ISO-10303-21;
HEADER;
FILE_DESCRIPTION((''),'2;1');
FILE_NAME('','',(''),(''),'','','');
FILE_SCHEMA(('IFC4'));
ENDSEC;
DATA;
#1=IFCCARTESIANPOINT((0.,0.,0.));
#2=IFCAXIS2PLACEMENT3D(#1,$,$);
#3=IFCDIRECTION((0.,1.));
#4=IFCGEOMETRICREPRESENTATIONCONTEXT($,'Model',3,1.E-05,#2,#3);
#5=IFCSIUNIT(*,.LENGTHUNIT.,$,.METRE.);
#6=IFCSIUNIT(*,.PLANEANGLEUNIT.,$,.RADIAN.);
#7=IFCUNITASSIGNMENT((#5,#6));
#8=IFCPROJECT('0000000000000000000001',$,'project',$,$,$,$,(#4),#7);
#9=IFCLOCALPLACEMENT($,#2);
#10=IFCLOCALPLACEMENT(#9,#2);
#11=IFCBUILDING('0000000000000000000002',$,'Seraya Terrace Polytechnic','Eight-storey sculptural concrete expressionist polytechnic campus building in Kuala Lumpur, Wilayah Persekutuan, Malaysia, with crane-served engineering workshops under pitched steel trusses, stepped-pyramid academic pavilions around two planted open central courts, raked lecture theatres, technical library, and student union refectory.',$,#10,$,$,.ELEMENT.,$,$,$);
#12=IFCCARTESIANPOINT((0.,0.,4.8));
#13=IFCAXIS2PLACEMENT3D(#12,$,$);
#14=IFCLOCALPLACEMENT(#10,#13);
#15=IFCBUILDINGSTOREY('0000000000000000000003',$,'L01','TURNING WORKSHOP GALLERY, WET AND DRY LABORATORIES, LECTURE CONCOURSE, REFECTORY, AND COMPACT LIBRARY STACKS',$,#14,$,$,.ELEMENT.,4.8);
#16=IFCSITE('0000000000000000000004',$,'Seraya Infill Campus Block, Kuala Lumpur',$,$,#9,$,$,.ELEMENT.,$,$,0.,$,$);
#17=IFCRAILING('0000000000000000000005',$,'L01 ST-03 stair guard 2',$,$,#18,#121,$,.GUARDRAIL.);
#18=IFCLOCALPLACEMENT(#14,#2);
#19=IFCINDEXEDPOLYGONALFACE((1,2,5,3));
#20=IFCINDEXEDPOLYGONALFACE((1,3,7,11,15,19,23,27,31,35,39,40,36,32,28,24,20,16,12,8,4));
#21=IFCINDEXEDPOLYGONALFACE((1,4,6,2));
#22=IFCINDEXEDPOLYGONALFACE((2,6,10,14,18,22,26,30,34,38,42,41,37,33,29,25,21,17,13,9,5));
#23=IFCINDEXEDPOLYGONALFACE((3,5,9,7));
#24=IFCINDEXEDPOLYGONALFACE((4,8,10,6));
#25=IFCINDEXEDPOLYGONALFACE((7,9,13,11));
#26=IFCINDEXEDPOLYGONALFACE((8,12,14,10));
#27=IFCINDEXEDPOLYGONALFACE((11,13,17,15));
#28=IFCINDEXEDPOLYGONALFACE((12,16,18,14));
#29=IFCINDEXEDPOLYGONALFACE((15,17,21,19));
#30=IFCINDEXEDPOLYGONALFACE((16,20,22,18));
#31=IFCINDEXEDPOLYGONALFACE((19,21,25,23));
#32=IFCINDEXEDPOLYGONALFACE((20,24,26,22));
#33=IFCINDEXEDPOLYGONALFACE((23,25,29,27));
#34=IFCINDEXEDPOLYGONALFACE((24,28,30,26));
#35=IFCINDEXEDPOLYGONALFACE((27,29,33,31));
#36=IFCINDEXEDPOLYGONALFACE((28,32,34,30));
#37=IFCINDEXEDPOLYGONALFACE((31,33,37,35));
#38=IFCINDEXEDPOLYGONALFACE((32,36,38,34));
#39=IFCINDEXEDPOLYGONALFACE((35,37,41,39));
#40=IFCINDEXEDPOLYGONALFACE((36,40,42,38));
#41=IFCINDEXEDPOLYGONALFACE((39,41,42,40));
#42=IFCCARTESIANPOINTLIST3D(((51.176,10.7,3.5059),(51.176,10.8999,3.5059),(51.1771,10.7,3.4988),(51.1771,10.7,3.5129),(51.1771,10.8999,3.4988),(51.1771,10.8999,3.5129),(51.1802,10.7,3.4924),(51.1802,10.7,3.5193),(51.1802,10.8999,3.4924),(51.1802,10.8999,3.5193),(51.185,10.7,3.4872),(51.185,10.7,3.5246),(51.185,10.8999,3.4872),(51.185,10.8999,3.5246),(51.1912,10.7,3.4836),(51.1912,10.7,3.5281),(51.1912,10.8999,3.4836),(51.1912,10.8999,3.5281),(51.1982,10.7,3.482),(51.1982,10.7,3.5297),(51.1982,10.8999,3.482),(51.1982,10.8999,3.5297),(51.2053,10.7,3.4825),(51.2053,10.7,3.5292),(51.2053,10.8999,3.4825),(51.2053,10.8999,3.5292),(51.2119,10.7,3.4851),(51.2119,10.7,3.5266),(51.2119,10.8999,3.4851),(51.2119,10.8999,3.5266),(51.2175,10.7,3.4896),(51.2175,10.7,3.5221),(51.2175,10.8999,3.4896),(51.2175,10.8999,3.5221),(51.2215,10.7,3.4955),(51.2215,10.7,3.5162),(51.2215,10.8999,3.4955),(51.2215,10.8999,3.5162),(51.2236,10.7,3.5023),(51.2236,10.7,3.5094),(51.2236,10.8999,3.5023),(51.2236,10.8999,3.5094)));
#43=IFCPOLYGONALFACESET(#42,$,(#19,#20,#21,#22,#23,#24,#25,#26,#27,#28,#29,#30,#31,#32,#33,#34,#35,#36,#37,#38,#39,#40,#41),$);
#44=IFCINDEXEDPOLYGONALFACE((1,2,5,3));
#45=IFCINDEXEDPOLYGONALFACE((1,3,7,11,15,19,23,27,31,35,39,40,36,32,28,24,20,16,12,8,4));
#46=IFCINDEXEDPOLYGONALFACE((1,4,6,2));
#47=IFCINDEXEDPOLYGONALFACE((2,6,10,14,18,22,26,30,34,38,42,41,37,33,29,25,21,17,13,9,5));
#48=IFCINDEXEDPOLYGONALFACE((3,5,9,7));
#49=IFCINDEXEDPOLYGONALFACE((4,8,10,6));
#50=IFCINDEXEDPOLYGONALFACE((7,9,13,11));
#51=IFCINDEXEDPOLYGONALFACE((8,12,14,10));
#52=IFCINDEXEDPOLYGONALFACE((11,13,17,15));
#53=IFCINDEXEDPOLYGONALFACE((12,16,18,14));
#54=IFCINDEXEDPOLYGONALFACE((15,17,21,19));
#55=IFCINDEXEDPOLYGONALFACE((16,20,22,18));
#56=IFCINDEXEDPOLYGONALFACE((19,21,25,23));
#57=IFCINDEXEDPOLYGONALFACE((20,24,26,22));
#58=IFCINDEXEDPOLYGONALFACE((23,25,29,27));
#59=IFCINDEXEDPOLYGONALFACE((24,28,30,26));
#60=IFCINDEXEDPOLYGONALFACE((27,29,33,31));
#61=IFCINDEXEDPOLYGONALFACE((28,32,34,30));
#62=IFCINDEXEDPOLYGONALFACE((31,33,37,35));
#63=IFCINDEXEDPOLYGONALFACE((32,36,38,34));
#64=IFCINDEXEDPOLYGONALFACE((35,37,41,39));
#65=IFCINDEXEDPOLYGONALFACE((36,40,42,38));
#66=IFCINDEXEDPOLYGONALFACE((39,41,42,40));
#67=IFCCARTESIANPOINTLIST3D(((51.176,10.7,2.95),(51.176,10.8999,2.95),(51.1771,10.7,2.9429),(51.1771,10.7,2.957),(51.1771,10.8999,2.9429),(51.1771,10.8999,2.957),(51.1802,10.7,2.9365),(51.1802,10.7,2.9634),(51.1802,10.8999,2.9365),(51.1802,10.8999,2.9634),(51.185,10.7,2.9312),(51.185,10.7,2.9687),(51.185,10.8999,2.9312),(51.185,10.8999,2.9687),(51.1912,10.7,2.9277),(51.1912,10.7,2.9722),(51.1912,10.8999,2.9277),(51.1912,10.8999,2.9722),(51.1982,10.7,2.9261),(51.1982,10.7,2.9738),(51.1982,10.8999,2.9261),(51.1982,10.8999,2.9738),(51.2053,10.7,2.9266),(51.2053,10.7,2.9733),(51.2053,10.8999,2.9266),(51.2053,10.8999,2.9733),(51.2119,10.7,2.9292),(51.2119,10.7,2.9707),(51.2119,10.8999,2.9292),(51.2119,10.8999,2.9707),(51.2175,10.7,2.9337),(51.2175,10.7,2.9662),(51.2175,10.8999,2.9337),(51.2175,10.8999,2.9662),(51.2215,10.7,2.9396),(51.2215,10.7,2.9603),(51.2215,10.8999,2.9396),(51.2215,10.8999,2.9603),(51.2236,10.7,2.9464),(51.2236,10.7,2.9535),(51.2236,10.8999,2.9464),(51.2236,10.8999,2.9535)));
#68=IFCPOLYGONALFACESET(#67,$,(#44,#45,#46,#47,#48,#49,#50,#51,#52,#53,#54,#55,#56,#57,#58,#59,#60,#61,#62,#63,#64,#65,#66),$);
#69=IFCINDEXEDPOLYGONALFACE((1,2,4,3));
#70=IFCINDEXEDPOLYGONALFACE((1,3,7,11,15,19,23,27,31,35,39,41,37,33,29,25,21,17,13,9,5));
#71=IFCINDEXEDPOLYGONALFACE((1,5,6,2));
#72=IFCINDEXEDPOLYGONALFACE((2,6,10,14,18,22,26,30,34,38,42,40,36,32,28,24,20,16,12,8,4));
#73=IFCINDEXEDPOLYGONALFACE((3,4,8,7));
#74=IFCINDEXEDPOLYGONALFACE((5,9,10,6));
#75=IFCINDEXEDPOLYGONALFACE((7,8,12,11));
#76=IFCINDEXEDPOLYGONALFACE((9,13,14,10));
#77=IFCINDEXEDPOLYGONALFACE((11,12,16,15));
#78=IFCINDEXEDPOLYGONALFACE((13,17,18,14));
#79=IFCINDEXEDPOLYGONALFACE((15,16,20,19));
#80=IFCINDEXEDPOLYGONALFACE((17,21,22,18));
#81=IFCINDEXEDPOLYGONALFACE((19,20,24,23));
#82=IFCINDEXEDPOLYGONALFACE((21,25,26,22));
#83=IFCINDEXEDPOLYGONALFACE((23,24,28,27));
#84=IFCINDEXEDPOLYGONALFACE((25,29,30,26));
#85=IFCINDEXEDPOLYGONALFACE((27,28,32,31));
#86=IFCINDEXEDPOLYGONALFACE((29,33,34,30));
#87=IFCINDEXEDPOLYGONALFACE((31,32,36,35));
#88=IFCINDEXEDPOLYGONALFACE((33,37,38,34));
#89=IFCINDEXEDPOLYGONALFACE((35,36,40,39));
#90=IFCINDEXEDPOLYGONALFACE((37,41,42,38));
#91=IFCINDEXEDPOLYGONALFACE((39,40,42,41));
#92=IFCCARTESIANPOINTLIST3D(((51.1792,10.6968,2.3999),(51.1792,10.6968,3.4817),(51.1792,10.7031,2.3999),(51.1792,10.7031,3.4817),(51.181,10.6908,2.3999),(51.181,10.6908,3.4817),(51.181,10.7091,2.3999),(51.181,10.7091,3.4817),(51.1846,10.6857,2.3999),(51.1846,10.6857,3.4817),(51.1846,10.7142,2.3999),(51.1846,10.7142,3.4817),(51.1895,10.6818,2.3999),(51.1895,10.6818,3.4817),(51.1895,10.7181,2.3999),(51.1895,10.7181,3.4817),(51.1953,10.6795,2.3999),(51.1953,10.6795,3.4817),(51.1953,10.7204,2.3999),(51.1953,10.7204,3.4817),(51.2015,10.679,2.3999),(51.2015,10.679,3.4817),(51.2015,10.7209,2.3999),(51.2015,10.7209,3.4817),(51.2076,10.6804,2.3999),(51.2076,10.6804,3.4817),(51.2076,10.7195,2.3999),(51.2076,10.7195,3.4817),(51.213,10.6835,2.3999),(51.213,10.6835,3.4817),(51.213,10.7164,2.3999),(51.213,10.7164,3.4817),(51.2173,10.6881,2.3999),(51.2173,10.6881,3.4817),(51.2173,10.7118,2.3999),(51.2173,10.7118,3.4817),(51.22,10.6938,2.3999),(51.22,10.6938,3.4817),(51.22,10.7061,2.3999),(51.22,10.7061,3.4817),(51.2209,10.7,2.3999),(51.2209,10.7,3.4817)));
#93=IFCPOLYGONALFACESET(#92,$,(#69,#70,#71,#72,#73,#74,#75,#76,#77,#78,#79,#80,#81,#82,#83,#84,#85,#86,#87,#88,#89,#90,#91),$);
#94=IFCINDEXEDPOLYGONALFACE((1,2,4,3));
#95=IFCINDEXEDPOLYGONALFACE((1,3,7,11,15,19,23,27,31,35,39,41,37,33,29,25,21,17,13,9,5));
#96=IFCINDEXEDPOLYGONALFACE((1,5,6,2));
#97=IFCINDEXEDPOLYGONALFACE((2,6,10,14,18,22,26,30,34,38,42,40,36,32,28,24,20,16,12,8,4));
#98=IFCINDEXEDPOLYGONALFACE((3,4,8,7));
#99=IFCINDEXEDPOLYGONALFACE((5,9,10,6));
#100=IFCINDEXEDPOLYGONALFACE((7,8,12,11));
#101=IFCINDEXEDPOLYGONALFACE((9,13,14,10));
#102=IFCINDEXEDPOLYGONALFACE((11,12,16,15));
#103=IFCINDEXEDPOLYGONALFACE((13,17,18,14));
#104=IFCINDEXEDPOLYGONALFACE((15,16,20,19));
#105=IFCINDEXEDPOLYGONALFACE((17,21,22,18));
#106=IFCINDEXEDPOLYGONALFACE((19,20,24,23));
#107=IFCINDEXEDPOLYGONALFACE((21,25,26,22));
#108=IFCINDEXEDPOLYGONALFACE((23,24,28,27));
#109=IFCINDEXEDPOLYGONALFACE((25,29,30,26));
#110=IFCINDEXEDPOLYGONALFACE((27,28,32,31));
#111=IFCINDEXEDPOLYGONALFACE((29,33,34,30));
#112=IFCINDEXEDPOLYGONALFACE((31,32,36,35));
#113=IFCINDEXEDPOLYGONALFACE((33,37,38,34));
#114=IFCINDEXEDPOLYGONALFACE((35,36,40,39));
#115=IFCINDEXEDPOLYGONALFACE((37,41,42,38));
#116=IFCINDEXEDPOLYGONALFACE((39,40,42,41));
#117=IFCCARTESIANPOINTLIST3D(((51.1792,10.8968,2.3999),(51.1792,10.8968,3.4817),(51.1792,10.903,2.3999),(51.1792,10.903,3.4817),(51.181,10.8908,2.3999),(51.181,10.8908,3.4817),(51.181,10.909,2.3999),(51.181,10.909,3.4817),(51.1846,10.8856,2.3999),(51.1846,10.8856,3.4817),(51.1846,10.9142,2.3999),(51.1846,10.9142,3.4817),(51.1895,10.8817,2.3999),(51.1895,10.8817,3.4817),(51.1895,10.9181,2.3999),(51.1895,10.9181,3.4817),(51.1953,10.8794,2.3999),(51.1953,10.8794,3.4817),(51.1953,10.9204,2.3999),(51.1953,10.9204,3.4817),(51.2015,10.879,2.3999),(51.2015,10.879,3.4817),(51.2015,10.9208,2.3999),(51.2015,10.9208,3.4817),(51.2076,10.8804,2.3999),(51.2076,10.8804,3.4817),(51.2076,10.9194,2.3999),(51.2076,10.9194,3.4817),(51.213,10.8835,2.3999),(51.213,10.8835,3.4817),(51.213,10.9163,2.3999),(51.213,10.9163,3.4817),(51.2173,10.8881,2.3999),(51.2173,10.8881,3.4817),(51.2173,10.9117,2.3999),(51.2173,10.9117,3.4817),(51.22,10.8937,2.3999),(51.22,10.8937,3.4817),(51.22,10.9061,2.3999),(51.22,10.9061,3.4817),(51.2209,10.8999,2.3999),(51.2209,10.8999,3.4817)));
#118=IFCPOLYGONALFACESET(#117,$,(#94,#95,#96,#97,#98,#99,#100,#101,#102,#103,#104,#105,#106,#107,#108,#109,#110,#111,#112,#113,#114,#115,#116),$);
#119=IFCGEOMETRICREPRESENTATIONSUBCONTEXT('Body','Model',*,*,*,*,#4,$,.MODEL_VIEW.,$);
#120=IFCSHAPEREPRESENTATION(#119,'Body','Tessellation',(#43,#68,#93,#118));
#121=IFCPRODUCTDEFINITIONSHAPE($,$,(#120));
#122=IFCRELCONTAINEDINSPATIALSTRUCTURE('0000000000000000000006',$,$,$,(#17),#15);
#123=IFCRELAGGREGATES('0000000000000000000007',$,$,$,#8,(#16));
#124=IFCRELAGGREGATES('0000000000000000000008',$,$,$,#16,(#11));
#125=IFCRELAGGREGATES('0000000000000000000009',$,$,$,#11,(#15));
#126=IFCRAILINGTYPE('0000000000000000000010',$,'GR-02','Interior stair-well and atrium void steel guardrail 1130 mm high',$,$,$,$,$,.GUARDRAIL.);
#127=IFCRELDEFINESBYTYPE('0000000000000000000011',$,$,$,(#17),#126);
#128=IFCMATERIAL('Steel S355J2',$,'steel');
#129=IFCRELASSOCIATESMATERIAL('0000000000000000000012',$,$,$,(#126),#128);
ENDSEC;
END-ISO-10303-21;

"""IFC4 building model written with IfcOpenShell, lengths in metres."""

from ifc_helpers import new_model, si_unit, direction, frame, origin, origin_2d, place, context, subcontext, project, spatial, circle, extrude, material, type_object, element, save


model = new_model("IFC4")

# Units and contexts
model_context = context("Model", 3, precision=1e-05, world=origin(), true_north=direction((0.0, 1.0)))
body_context = subcontext(model_context, "Body", "Model", "MODEL_VIEW")
ifc_project = project(units=[si_unit("LENGTHUNIT", "METRE"), si_unit("PLANEANGLEUNIT", "RADIAN")], contexts=[model_context])

# Site, building, storey
site_placement = place(None, origin())
site = spatial("IfcSite", under=ifc_project, at=site_placement, Name="Seraya Infill Campus Block, Kuala Lumpur", CompositionType="ELEMENT", RefElevation=0.0)
building_placement = place(site_placement, origin())
building = spatial("IfcBuilding", under=site, at=building_placement, Name="Seraya Terrace Polytechnic", Description="Eight-storey sculptural concrete expressionist polytechnic campus building in Kuala Lumpur, Wilayah Persekutuan, Malaysia, with crane-served engineering workshops under pitched steel trusses, stepped-pyramid academic pavilions around two planted open central courts, raked lecture theatres, technical library, and student union refectory.", CompositionType="ELEMENT")
storey_placement = place(building_placement, frame((0.0, 0.0, 4.8)))
storey = spatial("IfcBuildingStorey", under=building, at=storey_placement, Name="L01", Description="TURNING WORKSHOP GALLERY, WET AND DRY LABORATORIES, LECTURE CONCOURSE, REFECTORY, AND COMPACT LIBRARY STACKS", CompositionType="ELEMENT", Elevation=4.8)

# Railing
ifc_material_1 = material(Name="Steel S355J2", Category="steel")
railing_type_1 = type_object("IfcRailingType", Name="GR-02", Description="Interior stair-well and atrium void steel guardrail 1130 mm high", PredefinedType="GUARDRAIL", material=ifc_material_1)
railing_1_placement = place(storey_placement, frame((51.2, 10.7, 2.3999)))
element("IfcRailing", 1, at=railing_1_placement, inside=storey, type_object=railing_type_1, Name="L01 ST-03 stair guard 2", PredefinedType="GUARDRAIL", context=body_context, shape_type="SweptSolid", body=[
    extrude(circle(Radius=0.0239, at=origin_2d()), frame((0.0, 0.0, 1.106), z_axis=(0.0, 1.0, 0.0), x_axis=(-1.0, 0.0, 0.0)), (0.0, 0.0, 1.0), 0.2),
    extrude(circle(Radius=0.0239, at=origin_2d()), frame((0.0, 0.0, 0.55), z_axis=(0.0, 1.0, 0.0), x_axis=(-1.0, 0.0, 0.0)), (0.0, 0.0, 1.0), 0.2),
    extrude(circle(Radius=0.021, at=origin_2d()), origin(), (0.0, 0.0, 1.0), 1.0818),
    extrude(circle(Radius=0.021, at=origin_2d()), frame((0.0, 0.2, 0.0)), (0.0, 0.0, 1.0), 1.0818),
])

save(model, "model.ifc")
